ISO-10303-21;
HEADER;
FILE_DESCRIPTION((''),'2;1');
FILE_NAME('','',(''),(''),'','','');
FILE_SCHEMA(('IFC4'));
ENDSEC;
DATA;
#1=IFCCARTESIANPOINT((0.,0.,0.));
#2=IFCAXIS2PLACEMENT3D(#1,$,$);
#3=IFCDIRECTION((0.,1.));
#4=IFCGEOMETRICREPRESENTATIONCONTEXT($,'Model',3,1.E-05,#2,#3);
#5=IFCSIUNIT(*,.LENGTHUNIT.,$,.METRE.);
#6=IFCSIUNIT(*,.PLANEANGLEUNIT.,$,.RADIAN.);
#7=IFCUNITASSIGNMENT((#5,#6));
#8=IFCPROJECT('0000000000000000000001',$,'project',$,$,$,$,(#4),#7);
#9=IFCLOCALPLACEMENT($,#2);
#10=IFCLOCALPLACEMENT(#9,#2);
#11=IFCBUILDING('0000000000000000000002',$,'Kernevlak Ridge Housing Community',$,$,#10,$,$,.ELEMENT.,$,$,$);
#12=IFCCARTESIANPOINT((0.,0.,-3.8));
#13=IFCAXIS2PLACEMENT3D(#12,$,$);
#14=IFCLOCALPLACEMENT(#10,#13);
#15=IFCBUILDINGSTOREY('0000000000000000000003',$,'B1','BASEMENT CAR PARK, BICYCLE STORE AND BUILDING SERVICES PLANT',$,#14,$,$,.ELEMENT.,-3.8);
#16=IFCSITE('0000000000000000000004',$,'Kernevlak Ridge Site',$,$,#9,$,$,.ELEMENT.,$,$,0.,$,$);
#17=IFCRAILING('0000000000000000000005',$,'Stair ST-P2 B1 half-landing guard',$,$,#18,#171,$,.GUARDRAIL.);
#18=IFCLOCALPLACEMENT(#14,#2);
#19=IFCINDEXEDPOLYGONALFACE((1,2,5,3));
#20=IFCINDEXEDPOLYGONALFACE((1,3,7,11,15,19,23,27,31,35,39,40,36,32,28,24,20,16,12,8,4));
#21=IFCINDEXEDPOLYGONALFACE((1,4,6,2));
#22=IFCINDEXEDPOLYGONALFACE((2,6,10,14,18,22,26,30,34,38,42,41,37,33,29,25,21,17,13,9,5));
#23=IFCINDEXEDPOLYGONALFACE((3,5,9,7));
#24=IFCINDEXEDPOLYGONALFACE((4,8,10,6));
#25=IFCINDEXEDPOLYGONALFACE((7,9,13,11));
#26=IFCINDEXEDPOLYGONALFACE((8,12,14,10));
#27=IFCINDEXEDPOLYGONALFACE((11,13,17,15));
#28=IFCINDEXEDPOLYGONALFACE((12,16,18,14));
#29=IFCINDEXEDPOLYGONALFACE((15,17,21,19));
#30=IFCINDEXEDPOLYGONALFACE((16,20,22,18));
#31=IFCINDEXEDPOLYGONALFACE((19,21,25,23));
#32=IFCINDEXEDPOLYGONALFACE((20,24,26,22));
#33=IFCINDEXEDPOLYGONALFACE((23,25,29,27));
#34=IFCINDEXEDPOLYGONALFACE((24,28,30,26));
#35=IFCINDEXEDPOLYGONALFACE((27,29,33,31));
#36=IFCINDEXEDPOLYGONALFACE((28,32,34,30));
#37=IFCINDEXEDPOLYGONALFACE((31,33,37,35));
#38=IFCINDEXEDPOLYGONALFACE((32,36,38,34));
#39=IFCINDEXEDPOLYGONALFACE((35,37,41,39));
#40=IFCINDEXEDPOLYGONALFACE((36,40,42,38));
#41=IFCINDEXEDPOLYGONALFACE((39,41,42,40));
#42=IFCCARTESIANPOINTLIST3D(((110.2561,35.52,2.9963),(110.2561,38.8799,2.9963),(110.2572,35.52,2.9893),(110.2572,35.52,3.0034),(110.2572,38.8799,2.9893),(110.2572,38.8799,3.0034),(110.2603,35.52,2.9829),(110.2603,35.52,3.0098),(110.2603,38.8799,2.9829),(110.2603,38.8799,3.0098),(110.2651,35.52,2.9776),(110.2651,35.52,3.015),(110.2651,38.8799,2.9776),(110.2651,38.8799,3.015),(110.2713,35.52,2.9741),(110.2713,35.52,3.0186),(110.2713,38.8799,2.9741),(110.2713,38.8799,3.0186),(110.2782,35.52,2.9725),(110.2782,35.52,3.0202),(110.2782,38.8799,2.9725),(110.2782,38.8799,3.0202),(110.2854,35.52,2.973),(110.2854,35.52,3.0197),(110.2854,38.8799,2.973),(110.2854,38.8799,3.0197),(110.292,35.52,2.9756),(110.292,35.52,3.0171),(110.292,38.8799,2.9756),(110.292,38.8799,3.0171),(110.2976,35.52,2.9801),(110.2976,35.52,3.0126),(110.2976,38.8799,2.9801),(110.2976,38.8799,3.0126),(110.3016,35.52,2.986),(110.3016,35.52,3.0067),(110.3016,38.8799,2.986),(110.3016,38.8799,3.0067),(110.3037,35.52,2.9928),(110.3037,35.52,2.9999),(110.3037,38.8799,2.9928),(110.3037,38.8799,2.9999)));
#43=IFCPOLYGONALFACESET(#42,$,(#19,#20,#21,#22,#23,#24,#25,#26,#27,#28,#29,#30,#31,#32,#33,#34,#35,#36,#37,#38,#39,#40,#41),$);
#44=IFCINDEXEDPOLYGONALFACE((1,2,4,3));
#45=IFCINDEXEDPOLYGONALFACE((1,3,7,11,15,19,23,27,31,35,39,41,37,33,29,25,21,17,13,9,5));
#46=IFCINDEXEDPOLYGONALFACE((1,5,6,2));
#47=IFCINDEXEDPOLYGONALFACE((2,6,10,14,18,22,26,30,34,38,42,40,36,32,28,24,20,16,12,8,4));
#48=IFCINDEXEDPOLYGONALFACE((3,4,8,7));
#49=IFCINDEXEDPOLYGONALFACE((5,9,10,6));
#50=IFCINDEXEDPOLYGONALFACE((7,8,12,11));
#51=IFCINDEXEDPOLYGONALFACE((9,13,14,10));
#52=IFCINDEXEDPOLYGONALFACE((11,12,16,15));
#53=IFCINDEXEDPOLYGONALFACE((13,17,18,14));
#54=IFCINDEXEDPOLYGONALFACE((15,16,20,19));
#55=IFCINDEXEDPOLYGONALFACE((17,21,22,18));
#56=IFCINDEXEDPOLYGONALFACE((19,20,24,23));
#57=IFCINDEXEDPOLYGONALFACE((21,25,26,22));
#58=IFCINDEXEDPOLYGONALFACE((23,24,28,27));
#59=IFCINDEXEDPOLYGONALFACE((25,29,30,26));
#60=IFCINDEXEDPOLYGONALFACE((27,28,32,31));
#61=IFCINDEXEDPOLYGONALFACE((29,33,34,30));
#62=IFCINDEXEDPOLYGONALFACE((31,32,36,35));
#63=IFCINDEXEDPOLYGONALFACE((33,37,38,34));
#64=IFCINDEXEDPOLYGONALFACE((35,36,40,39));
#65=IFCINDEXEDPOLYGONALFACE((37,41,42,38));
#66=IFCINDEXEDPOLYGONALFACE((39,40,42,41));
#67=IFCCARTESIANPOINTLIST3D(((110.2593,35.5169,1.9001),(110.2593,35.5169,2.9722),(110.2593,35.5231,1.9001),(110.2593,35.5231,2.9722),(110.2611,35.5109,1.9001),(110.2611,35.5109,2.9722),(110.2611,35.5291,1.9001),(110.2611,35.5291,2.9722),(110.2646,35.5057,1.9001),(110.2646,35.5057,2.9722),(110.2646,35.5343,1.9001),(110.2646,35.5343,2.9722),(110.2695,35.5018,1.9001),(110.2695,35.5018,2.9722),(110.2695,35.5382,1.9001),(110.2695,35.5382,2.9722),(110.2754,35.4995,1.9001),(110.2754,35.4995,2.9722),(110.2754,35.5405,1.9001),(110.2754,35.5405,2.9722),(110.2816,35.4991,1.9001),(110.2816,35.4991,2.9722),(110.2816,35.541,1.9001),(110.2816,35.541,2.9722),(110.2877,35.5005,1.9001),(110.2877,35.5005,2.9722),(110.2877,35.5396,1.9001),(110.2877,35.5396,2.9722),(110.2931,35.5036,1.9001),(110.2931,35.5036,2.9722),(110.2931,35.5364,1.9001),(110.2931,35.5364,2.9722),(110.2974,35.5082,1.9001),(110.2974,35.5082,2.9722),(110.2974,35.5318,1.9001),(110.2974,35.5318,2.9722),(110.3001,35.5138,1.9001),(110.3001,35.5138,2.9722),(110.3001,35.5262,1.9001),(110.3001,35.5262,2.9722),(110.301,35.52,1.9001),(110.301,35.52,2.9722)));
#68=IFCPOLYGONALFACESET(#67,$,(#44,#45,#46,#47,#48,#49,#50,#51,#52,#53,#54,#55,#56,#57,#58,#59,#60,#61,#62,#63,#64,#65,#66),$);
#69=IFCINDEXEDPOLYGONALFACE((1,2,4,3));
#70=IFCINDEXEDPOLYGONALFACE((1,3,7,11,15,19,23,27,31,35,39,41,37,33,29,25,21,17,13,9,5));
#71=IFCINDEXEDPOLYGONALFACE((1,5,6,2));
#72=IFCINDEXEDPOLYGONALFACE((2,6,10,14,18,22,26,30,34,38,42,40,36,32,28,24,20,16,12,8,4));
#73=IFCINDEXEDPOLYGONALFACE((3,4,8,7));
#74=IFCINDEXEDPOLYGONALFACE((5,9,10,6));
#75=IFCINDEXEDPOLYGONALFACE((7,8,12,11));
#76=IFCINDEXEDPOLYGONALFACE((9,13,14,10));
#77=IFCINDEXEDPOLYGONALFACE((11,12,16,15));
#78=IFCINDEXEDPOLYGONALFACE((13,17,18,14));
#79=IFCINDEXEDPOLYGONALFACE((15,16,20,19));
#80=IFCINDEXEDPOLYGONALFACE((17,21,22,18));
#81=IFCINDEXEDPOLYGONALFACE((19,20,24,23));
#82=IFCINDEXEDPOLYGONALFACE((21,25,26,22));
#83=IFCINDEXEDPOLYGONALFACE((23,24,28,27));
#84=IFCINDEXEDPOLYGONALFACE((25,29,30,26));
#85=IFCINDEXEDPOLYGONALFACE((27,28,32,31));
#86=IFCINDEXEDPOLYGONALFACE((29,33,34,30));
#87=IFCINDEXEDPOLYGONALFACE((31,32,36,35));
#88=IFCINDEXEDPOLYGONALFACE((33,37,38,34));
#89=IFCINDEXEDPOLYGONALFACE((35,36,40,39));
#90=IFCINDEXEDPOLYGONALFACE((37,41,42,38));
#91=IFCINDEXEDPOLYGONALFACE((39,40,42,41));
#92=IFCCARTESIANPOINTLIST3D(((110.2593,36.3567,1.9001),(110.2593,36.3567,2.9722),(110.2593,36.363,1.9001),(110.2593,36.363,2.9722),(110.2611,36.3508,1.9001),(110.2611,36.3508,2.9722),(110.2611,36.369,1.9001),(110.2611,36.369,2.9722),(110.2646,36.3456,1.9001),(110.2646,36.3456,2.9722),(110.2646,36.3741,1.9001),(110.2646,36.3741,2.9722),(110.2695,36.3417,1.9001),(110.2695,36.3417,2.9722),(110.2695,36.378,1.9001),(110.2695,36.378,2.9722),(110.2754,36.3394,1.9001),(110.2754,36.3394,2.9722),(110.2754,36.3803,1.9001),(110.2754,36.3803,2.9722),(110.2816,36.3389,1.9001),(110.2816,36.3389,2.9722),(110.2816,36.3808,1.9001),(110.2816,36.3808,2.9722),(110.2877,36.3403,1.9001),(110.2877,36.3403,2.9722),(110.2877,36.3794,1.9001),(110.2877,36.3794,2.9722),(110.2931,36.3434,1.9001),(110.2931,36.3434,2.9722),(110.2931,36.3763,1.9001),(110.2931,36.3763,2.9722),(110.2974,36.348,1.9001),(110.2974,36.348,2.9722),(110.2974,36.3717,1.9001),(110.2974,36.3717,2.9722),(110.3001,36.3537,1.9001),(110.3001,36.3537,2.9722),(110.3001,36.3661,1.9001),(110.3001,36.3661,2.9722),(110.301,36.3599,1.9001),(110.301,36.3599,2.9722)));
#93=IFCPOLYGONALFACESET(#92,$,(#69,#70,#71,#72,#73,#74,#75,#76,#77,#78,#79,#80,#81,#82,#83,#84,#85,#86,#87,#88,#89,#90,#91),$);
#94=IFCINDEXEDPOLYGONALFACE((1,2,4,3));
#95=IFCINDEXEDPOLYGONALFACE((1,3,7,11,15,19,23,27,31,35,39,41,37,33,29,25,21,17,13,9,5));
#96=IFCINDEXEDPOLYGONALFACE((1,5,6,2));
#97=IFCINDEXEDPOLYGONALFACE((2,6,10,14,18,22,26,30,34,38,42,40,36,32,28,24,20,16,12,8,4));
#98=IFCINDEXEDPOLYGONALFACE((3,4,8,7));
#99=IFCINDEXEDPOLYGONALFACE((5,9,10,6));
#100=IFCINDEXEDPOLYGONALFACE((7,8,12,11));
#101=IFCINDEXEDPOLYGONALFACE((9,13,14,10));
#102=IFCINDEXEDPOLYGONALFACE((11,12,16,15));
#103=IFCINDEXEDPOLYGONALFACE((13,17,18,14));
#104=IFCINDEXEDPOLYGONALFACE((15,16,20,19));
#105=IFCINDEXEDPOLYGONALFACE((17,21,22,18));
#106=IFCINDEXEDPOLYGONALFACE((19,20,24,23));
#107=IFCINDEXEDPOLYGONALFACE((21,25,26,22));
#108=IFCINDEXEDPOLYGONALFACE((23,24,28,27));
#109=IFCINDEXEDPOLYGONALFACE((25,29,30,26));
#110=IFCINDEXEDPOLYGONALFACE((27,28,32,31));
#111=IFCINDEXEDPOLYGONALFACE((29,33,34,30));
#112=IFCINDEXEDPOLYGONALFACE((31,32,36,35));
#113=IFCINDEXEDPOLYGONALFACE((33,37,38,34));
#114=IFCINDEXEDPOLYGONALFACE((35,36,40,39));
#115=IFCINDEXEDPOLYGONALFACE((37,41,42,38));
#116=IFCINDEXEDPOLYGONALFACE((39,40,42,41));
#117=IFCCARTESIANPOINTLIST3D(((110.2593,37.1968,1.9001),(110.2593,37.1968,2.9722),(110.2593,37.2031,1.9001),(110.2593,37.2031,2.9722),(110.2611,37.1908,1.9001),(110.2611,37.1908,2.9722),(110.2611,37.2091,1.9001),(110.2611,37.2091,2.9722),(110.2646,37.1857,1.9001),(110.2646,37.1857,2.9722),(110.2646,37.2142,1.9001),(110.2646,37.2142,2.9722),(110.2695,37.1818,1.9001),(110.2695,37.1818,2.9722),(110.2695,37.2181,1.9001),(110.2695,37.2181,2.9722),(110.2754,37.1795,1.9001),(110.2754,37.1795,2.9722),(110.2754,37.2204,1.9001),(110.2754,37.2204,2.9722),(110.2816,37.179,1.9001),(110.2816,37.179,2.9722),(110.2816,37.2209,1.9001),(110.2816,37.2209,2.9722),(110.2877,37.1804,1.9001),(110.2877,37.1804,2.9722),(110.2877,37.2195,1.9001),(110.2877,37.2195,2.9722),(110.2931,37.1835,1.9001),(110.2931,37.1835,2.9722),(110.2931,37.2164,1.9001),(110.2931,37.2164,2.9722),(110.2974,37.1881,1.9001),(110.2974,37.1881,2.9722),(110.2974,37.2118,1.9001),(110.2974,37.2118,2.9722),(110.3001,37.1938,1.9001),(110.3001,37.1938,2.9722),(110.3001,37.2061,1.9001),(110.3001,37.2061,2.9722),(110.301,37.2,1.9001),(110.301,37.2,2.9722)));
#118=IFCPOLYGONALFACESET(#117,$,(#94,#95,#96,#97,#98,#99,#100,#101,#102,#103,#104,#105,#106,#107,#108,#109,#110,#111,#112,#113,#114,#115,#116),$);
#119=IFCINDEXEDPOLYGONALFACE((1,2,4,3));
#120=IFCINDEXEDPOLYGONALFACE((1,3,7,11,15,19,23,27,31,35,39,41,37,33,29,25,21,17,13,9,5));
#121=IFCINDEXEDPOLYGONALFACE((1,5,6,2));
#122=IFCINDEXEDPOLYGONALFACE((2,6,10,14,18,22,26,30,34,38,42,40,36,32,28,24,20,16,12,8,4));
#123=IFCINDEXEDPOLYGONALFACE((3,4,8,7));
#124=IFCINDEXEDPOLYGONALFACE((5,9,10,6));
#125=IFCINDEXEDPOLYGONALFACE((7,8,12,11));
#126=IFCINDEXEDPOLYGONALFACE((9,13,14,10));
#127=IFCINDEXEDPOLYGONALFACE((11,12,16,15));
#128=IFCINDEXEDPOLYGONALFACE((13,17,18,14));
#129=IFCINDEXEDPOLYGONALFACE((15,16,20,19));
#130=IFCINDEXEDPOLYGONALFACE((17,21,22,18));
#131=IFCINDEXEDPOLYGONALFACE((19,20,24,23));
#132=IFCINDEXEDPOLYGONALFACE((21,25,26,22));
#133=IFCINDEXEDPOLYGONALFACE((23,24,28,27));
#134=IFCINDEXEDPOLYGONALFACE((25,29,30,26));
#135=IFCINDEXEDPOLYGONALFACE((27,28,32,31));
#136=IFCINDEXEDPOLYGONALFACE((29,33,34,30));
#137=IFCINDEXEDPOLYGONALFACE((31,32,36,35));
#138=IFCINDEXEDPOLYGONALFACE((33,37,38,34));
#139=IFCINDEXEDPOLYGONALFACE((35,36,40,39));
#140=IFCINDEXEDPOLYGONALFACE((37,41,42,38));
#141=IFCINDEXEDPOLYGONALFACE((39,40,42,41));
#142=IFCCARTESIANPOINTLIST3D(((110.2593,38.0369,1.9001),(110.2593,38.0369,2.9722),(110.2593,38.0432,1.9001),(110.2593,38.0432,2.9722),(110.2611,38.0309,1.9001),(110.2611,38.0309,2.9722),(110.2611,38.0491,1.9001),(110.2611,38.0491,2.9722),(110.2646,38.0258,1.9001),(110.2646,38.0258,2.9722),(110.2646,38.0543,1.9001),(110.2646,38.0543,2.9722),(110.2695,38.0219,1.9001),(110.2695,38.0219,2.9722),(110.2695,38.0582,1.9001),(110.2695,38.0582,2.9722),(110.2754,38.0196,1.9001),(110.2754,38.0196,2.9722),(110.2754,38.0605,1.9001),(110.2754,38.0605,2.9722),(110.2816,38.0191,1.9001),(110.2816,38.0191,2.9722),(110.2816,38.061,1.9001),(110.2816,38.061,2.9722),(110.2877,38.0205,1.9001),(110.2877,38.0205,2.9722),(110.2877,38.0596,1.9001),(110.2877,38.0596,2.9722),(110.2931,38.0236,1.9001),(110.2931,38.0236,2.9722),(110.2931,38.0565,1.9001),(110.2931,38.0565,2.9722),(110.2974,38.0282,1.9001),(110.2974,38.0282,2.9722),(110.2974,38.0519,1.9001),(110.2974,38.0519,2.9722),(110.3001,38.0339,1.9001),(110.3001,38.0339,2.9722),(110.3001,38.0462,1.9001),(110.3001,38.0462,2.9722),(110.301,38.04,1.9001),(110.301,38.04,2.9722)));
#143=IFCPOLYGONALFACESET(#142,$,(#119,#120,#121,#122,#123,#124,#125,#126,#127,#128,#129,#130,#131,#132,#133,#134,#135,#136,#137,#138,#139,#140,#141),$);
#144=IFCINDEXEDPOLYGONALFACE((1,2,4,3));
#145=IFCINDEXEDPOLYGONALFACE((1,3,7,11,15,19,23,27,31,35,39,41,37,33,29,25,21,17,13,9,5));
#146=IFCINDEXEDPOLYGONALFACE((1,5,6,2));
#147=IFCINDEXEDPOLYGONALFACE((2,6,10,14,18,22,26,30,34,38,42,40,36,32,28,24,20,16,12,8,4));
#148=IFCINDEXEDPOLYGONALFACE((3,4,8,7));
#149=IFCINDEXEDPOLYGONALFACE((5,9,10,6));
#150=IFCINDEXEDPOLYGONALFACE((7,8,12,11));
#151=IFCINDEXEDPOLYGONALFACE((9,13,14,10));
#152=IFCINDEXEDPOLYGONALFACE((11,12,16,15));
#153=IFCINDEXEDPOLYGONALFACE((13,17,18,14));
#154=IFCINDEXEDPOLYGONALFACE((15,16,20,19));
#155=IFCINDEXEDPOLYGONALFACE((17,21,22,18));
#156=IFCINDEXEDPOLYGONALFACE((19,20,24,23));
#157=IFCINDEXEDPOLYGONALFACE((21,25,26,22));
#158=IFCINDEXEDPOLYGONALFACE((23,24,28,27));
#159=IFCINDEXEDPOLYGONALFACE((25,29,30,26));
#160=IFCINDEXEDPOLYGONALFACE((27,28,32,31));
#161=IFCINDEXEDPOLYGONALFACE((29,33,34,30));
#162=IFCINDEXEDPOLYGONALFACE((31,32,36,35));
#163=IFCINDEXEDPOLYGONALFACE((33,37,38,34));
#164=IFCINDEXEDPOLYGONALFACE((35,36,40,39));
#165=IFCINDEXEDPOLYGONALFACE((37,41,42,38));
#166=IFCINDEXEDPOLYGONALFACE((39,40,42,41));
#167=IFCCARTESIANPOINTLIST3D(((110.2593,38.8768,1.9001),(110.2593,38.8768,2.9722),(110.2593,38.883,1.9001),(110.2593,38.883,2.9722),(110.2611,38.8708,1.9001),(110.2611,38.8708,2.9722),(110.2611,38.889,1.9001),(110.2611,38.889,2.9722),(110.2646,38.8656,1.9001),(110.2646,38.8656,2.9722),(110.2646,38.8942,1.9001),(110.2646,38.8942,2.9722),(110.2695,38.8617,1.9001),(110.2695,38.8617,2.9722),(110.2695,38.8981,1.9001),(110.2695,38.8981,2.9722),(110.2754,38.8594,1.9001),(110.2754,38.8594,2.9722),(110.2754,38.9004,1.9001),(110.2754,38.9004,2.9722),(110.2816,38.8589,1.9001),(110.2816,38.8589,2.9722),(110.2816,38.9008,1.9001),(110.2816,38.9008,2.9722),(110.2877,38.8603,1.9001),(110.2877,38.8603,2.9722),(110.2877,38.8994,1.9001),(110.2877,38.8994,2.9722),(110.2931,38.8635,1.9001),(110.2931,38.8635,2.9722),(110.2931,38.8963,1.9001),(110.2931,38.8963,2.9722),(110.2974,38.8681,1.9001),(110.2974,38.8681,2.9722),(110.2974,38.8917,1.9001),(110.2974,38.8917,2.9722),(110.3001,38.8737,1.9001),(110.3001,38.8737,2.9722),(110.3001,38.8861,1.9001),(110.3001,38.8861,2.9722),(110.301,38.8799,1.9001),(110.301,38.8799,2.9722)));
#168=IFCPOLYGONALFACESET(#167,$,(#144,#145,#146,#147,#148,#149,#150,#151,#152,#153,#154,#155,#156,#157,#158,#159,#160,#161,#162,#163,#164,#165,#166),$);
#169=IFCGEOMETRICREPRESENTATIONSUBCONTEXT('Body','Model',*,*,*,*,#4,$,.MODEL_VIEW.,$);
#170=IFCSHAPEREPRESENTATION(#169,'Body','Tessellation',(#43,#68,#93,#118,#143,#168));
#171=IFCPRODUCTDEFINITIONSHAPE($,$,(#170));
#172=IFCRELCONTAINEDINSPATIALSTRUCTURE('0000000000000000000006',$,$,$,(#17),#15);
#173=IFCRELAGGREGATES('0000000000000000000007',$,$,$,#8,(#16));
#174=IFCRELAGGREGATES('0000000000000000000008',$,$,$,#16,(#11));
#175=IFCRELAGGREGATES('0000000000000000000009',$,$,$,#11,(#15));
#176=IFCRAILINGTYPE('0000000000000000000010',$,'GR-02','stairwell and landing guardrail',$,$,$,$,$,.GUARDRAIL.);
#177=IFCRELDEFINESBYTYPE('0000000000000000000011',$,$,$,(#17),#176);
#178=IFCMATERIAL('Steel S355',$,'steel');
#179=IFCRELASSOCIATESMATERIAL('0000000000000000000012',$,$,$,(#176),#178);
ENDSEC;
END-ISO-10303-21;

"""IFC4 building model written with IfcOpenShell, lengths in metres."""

from ifc_helpers import new_model, si_unit, direction, frame, origin, origin_2d, place, context, subcontext, project, spatial, circle, extrude, material, type_object, element, save


model = new_model("IFC4")

# Units and contexts
model_context = context("Model", 3, precision=1e-05, world=origin(), true_north=direction((0.0, 1.0)))
body_context = subcontext(model_context, "Body", "Model", "MODEL_VIEW")
ifc_project = project(units=[si_unit("LENGTHUNIT", "METRE"), si_unit("PLANEANGLEUNIT", "RADIAN")], contexts=[model_context])

# Site, building, storey
site_placement = place(None, origin())
site = spatial("IfcSite", under=ifc_project, at=site_placement, Name="Kernevlak Ridge Site", CompositionType="ELEMENT", RefElevation=0.0)
building_placement = place(site_placement, origin())
building = spatial("IfcBuilding", under=site, at=building_placement, Name="Kernevlak Ridge Housing Community", CompositionType="ELEMENT")
storey_placement = place(building_placement, frame((0.0, 0.0, -3.8)))
storey = spatial("IfcBuildingStorey", under=building, at=storey_placement, Name="B1", Description="BASEMENT CAR PARK, BICYCLE STORE AND BUILDING SERVICES PLANT", CompositionType="ELEMENT", Elevation=-3.8)

# Railing
ifc_material_1 = material(Name="Steel S355", Category="steel")
railing_type_1 = type_object("IfcRailingType", Name="GR-02", Description="stairwell and landing guardrail", PredefinedType="GUARDRAIL", material=ifc_material_1)
railing_1_placement = place(storey_placement, frame((110.28, 35.52, 1.9001)))
element("IfcRailing", 1, at=railing_1_placement, inside=storey, type_object=railing_type_1, Name="Stair ST-P2 B1 half-landing guard", PredefinedType="GUARDRAIL", context=body_context, shape_type="SweptSolid", body=[
    extrude(circle(Radius=0.0239, at=origin_2d()), frame((0.0, 0.0, 1.0962), z_axis=(0.0, 1.0, 0.0), x_axis=(-1.0, 0.0, 0.0)), (0.0, 0.0, 1.0), 3.3599),
    extrude(circle(Radius=0.021, at=origin_2d()), origin(), (0.0, 0.0, 1.0), 1.072),
    extrude(circle(Radius=0.021, at=origin_2d()), frame((0.0, 0.8398, 0.0)), (0.0, 0.0, 1.0), 1.072),
    extrude(circle(Radius=0.021, at=origin_2d()), frame((0.0, 1.6799, 0.0)), (0.0, 0.0, 1.0), 1.072),
    extrude(circle(Radius=0.021, at=origin_2d()), frame((0.0, 2.52, 0.0)), (0.0, 0.0, 1.0), 1.072),
    extrude(circle(Radius=0.021, at=origin_2d()), frame((0.0, 3.3599, 0.0)), (0.0, 0.0, 1.0), 1.072),
])

save(model, "model.ifc")
